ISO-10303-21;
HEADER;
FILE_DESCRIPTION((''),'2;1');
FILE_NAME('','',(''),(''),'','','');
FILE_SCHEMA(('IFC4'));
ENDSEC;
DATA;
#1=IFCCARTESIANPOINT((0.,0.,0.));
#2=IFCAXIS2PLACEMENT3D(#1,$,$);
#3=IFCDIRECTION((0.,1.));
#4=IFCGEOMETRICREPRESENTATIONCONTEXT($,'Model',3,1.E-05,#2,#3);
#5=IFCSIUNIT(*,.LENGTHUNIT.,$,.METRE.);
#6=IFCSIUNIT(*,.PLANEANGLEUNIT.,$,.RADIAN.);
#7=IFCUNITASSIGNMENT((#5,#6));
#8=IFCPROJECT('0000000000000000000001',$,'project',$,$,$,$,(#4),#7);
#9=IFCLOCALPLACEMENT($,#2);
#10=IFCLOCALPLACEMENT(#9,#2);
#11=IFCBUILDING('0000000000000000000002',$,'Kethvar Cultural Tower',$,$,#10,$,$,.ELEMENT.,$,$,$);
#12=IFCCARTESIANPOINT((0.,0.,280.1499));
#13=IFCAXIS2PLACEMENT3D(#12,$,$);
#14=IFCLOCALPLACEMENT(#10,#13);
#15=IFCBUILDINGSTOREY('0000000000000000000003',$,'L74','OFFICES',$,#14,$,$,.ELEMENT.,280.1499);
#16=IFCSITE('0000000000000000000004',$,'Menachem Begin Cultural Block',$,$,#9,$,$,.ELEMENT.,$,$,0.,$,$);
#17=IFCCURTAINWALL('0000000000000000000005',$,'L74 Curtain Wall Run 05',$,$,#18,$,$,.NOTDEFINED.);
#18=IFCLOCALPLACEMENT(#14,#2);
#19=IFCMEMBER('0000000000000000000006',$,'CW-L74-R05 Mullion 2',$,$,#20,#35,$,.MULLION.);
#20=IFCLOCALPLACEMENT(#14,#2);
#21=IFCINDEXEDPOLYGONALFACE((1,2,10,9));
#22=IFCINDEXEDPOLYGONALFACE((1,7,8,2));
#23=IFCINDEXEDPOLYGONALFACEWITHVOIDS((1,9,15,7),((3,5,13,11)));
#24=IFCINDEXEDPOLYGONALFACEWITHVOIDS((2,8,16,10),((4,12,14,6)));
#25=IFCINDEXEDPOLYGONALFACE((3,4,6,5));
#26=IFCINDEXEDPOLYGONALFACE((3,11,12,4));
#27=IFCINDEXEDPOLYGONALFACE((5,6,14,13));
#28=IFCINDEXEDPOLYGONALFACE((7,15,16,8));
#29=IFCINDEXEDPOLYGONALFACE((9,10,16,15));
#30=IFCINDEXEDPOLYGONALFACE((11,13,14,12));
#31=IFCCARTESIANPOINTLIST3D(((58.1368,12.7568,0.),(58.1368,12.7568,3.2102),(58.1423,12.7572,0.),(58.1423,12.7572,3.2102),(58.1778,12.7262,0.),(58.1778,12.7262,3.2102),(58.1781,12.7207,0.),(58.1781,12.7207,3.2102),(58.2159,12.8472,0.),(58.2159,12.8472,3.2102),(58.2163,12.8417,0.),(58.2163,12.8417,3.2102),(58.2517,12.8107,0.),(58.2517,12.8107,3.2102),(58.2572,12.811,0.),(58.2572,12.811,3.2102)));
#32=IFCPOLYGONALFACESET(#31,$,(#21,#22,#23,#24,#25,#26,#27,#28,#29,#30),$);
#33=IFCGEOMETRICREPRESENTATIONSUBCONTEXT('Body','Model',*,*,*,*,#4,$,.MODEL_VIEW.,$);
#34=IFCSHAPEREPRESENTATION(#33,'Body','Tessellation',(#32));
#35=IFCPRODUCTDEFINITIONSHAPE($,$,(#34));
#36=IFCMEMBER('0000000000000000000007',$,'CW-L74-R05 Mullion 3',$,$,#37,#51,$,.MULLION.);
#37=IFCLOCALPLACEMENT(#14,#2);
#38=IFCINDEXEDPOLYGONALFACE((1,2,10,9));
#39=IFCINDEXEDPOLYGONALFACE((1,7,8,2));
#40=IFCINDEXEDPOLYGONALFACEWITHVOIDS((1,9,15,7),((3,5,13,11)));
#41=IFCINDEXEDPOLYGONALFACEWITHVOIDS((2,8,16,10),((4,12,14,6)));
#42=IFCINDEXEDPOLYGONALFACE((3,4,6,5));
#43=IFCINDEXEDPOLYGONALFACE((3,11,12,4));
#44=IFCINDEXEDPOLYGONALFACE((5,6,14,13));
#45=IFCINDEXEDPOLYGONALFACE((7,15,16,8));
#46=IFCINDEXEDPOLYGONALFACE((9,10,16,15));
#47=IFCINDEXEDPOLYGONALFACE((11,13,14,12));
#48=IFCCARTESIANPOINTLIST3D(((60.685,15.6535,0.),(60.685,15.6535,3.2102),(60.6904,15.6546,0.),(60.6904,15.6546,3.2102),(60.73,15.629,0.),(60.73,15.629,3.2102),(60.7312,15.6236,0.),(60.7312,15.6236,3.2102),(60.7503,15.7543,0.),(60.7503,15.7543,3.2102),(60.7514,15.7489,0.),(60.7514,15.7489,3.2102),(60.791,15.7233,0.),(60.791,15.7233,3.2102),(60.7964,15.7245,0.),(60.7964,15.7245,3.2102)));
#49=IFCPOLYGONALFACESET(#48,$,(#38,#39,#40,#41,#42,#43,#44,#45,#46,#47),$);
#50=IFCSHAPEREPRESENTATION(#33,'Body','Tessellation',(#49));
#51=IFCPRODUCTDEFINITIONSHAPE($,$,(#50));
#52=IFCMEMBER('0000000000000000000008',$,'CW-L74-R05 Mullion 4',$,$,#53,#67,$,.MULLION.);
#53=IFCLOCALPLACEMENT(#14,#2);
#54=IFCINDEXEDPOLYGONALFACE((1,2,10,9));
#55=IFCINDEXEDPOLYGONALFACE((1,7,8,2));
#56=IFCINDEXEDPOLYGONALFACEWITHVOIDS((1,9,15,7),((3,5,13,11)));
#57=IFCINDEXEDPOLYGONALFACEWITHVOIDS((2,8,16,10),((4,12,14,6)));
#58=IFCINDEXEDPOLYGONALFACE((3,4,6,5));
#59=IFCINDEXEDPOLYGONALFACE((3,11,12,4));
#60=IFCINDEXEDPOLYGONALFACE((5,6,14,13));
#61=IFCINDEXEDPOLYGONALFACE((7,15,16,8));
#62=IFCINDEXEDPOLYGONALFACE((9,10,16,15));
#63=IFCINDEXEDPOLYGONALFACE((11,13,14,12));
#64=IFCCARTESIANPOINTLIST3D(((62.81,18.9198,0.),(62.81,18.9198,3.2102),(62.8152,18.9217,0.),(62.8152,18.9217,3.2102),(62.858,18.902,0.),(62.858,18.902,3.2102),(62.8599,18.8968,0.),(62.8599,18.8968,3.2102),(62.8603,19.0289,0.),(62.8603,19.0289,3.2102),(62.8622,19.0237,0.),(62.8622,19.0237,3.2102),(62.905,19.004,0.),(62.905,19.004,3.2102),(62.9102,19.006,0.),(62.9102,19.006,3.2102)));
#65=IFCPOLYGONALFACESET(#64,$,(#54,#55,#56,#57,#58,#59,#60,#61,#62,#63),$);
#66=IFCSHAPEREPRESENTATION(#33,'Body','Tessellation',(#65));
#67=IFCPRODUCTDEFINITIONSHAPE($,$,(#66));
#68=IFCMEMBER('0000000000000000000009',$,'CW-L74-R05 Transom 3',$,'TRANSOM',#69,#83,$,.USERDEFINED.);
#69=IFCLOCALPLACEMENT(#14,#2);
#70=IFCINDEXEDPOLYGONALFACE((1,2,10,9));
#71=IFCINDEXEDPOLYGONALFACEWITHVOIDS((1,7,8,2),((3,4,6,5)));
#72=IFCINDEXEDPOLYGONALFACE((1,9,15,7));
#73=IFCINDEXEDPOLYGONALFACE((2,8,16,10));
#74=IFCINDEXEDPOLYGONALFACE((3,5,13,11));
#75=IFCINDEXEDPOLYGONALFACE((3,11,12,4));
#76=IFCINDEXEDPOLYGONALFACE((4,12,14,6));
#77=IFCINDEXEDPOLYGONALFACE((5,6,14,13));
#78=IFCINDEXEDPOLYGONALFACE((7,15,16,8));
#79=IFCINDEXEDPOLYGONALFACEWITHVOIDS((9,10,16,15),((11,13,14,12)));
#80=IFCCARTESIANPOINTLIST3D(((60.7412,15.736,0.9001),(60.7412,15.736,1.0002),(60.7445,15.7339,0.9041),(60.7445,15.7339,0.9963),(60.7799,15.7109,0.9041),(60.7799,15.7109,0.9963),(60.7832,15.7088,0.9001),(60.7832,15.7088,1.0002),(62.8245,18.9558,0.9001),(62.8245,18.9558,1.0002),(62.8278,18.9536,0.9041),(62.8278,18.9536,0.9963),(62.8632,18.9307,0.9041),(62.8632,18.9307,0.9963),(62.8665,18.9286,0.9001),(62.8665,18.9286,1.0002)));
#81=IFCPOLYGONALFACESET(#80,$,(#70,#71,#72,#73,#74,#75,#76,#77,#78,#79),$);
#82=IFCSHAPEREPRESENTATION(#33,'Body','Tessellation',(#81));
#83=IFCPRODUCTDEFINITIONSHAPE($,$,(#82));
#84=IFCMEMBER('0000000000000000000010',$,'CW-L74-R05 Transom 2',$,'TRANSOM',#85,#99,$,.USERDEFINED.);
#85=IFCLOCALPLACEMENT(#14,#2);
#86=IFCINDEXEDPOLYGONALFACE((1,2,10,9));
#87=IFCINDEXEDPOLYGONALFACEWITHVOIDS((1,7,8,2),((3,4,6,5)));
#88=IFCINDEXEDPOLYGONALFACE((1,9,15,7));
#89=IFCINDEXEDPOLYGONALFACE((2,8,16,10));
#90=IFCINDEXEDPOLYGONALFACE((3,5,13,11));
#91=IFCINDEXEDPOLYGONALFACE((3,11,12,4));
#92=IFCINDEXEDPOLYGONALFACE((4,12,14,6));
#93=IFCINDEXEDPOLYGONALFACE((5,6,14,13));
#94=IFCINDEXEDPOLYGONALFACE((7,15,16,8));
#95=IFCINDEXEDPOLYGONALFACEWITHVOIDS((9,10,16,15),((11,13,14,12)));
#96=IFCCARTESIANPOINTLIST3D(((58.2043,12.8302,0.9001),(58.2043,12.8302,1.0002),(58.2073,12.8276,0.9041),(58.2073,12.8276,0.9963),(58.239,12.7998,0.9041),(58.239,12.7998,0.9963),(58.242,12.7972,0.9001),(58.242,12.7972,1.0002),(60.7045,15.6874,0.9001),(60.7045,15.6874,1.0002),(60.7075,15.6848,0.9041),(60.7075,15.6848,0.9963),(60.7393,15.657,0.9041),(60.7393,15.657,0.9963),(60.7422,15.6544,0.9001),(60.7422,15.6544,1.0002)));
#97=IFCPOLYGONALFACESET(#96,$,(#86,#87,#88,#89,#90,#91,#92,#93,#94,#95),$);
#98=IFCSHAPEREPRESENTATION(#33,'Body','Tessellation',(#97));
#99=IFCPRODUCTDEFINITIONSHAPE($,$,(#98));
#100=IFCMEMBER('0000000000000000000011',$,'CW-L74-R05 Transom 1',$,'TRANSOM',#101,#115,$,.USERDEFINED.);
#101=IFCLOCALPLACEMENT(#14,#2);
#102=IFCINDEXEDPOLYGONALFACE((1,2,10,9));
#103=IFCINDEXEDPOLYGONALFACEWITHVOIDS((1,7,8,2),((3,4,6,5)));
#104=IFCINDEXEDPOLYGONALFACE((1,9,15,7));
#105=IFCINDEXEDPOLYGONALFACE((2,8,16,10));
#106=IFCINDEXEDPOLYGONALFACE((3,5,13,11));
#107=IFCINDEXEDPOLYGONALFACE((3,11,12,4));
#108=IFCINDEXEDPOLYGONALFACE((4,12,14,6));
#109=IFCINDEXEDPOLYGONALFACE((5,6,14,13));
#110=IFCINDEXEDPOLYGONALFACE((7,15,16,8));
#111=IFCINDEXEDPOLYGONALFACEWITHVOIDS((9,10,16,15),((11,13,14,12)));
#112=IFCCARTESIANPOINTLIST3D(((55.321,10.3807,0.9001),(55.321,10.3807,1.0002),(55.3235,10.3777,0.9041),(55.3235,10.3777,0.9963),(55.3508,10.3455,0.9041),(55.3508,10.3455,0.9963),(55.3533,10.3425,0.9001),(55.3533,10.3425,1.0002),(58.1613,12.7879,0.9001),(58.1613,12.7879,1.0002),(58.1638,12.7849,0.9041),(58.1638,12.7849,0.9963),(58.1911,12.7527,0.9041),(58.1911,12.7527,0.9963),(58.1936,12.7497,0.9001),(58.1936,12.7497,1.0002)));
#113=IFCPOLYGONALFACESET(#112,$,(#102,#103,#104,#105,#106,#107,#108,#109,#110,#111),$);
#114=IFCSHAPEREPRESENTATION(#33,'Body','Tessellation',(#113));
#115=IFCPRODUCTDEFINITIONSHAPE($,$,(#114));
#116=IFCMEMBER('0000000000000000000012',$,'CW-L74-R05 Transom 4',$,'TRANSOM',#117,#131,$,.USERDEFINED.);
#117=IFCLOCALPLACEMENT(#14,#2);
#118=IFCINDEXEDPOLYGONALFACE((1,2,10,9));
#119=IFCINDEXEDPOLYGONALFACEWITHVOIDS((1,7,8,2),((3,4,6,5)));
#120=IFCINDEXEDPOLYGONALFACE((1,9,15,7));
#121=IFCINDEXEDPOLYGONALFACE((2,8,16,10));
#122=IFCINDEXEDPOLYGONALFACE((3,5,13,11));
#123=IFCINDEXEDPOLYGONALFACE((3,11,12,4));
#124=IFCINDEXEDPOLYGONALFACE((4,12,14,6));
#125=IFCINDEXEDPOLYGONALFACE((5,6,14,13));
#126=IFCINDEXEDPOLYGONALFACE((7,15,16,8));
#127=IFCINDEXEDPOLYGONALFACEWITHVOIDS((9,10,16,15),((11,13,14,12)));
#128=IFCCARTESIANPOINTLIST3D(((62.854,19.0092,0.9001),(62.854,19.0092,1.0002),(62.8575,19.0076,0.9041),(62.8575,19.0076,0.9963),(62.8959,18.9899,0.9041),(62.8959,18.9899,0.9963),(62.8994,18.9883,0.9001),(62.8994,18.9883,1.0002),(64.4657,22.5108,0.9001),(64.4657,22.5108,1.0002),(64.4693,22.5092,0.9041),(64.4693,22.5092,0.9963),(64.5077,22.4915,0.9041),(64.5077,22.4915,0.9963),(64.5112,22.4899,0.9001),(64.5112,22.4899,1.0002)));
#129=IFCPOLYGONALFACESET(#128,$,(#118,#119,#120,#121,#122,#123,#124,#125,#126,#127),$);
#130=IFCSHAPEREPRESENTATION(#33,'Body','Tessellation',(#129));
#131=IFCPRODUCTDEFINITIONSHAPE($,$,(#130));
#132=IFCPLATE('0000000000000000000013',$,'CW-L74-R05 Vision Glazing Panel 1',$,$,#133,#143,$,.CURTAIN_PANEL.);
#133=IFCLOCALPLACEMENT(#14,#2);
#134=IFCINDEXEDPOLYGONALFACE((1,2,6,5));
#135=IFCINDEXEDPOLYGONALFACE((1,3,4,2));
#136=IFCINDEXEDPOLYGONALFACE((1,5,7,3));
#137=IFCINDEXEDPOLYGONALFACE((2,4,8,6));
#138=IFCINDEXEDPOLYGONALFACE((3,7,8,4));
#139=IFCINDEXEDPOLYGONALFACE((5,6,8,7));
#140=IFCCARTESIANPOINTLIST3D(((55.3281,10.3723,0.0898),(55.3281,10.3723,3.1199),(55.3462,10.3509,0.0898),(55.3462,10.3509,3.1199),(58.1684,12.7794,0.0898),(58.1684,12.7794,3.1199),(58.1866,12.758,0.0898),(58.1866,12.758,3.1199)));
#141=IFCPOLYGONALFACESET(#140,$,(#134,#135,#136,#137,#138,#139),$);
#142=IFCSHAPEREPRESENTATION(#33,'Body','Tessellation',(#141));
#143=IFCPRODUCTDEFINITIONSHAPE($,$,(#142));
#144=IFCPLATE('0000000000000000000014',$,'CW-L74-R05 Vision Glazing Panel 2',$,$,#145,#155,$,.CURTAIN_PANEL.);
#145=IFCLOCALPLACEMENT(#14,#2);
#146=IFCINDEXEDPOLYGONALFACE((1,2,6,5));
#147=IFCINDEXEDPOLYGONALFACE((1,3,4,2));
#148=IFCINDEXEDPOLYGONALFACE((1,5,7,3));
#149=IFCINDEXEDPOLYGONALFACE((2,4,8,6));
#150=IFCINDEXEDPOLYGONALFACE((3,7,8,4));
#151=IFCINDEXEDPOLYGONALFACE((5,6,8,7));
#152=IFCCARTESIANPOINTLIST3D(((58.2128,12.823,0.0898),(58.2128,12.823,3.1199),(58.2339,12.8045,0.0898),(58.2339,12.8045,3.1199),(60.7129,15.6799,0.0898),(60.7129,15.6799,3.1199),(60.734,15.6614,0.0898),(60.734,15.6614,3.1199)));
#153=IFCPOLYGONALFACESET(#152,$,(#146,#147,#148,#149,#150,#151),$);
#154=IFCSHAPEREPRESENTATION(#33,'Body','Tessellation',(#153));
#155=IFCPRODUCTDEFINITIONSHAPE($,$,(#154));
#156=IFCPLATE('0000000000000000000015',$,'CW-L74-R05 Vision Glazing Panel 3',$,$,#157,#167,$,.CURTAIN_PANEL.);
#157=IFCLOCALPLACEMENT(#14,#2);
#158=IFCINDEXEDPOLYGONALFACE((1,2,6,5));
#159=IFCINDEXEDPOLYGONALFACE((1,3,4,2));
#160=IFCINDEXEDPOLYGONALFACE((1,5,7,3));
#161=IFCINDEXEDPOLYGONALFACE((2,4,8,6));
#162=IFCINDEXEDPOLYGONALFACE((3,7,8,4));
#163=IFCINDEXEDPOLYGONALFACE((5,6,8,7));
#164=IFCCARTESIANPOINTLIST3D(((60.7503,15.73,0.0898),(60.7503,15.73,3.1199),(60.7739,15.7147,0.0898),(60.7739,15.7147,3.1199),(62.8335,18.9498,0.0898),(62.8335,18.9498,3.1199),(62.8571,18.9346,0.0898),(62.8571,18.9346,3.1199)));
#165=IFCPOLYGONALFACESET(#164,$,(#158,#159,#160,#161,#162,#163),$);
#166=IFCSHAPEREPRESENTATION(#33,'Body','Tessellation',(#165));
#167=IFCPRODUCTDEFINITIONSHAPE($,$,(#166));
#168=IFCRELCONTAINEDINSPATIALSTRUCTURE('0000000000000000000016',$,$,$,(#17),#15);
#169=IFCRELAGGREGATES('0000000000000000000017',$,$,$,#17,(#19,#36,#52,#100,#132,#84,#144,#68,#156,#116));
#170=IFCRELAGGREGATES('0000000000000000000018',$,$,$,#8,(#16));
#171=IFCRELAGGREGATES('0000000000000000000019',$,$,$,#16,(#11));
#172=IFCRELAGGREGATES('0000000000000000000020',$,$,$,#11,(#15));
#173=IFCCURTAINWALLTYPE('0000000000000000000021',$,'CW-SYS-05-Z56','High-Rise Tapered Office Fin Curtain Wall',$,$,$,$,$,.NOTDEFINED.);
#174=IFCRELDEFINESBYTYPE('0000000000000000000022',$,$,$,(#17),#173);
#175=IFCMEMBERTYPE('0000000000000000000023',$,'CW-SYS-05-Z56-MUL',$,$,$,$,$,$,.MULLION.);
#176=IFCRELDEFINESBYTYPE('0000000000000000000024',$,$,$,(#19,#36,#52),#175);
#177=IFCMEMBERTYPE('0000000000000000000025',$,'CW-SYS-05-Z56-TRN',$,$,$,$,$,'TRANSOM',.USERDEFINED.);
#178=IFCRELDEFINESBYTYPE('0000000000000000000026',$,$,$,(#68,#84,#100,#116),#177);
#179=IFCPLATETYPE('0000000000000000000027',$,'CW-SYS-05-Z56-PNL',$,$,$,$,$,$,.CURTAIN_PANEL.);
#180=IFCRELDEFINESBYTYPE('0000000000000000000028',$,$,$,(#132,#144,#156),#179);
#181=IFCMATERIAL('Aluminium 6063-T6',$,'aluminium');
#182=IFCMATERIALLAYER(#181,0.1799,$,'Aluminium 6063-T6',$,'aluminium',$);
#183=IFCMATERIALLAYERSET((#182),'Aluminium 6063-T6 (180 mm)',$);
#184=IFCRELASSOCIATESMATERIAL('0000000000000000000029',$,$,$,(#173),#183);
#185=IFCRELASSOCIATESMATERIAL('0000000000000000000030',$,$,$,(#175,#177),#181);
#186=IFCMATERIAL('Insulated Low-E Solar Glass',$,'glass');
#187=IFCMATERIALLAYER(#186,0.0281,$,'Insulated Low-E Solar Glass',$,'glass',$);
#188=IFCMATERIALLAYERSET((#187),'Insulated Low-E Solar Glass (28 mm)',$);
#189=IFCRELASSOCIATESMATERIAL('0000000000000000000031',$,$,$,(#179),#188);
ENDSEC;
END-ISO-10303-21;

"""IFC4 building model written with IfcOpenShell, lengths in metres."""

from ifc_helpers import new_model, si_unit, direction, frame, origin, origin_2d, place, context, subcontext, project, spatial, rectangle, hollow_rectangle, extrude, source, transform, mapped, material, layer, layer_set, material_profile, profile_set, type_object, element, aggregate, save


model = new_model("IFC4")

# Units and contexts
model_context = context("Model", 3, precision=1e-05, world=origin(), true_north=direction((0.0, 1.0)))
body_context = subcontext(model_context, "Body", "Model", "MODEL_VIEW")
ifc_project = project(units=[si_unit("LENGTHUNIT", "METRE"), si_unit("PLANEANGLEUNIT", "RADIAN")], contexts=[model_context])

# Site, building, storey
site_placement = place(None, origin())
site = spatial("IfcSite", under=ifc_project, at=site_placement, Name="Menachem Begin Cultural Block", CompositionType="ELEMENT", RefElevation=0.0)
building_placement = place(site_placement, origin())
building = spatial("IfcBuilding", under=site, at=building_placement, Name="Kethvar Cultural Tower", CompositionType="ELEMENT")
storey_placement = place(building_placement, frame((0.0, 0.0, 280.1499)))
storey = spatial("IfcBuildingStorey", under=building, at=storey_placement, Name="L74", Description="OFFICES", CompositionType="ELEMENT", Elevation=280.1499)

# Shared definitions
ifc_material_1 = material(Name="Aluminium 6063-T6", Category="aluminium")
ifc_layer_1 = layer(ifc_material_1, 0.1799, Name="Aluminium 6063-T6", Category="aluminium")
ifc_layer_set_1 = layer_set([ifc_layer_1], Name="Aluminium 6063-T6 (180 mm)")
curtain_wall_type = type_object("IfcCurtainWallType", Name="CW-SYS-05-Z56", Description="High-Rise Tapered Office Fin Curtain Wall", PredefinedType="NOTDEFINED", material=ifc_layer_set_1)
ifc_material_profile_1 = material_profile(ifc_material_1, hollow_rectangle(XDim=0.0549, YDim=0.1201, WallThickness=0.0039, at=origin_2d()), Name="Aluminium 6063-T6 — RHS120x55x4")
ifc_profile_set_1 = profile_set([ifc_material_profile_1], Name="Aluminium 6063-T6 — RHS120x55x4")
member_type_1 = type_object("IfcMemberType", Name="CW-SYS-05-Z56-MUL", PredefinedType="MULLION", material=ifc_profile_set_1)
shared_shape_1 = source(origin(), body_context, "Body", "SweptSolid", [
    extrude(hollow_rectangle(XDim=0.0549, YDim=0.1201, WallThickness=0.0039, at=origin_2d()), origin(), (0.0, 0.0, 1.0), 3.2102),
])

# Curtain wall, members, plates
curtain_wall_1_placement = place(storey_placement, origin())
curtain_wall_1 = element("IfcCurtainWall", 1, at=curtain_wall_1_placement, inside=storey, type_object=curtain_wall_type, Name="L74 Curtain Wall Run 05", PredefinedType="NOTDEFINED")
member_1_placement = place(storey_placement, frame((58.197, 12.7839, 0.0), z_axis=(0.0, 0.0, 1.0), x_axis=(-0.752541, 0.658545, 0.0)))
member_1 = element("IfcMember", 2, at=member_1_placement, type_object=member_type_1, Name="CW-L74-R05 Mullion 2", PredefinedType="MULLION", context=body_context, shape_type="MappedRepresentation", body=[
    mapped(shared_shape_1, transform((0.0, 0.0, 0.0), scale=1.0)),
])
member_2_placement = place(storey_placement, frame((60.7407, 15.689, 0.0), z_axis=(0.0, 0.0, 1.0), x_axis=(-0.839601, 0.543204, 0.0)))
member_2 = element("IfcMember", 3, at=member_2_placement, type_object=member_type_1, Name="CW-L74-R05 Mullion 3", PredefinedType="MULLION", context=body_context, shape_type="MappedRepresentation", body=[
    mapped(shared_shape_1, transform((0.0, 0.0, 0.0), scale=1.0)),
])
member_3_placement = place(storey_placement, frame((62.8601, 18.9629, 0.0), z_axis=(0.0, 0.0, 1.0), x_axis=(-0.90837, 0.418168, 0.0)))
member_3 = element("IfcMember", 4, at=member_3_placement, type_object=member_type_1, Name="CW-L74-R05 Mullion 4", PredefinedType="MULLION", context=body_context, shape_type="MappedRepresentation", body=[
    mapped(shared_shape_1, transform((0.0, 0.0, 0.0), scale=1.0)),
])
ifc_material_profile_2 = material_profile(ifc_material_1, hollow_rectangle(XDim=0.05, YDim=0.1001, WallThickness=0.0039, at=origin_2d()), Name="Aluminium 6063-T6 — RHS100x50x4")
ifc_profile_set_2 = profile_set([ifc_material_profile_2], Name="Aluminium 6063-T6 — RHS100x50x4")
member_type_2 = type_object("IfcMemberType", Name="CW-SYS-05-Z56-TRN", ElementType="TRANSOM", PredefinedType="USERDEFINED", material=ifc_profile_set_2)
shared_shape_2 = source(origin(), body_context, "Body", "SweptSolid", [
    extrude(hollow_rectangle(XDim=0.05, YDim=0.1001, WallThickness=0.0039, at=origin_2d()), origin(), (0.0, 0.0, 1.0), 3.835),
])
member_4_placement = place(storey_placement, frame((60.7622, 15.7224, 0.9502), z_axis=(0.543233, 0.839582, 0.0), x_axis=(-0.839582, 0.543233, 0.0)))
member_4 = element("IfcMember", 5, at=member_4_placement, type_object=member_type_2, Name="CW-L74-R05 Transom 3", ObjectType="TRANSOM", PredefinedType="USERDEFINED", context=body_context, shape_type="MappedRepresentation", body=[
    mapped(shared_shape_2, transform((0.0, 0.0, 0.0), scale=1.0)),
])
shared_shape_3 = source(origin(), body_context, "Body", "SweptSolid", [
    extrude(hollow_rectangle(XDim=0.05, YDim=0.1001, WallThickness=0.0039, at=origin_2d()), origin(), (0.0, 0.0, 1.0), 3.7966),
])
member_5_placement = place(storey_placement, frame((58.2231, 12.8137, 0.9502), z_axis=(0.658536, 0.752549, 0.0), x_axis=(-0.752549, 0.658536, 0.0)))
member_5 = element("IfcMember", 6, at=member_5_placement, type_object=member_type_2, Name="CW-L74-R05 Transom 2", ObjectType="TRANSOM", PredefinedType="USERDEFINED", context=body_context, shape_type="MappedRepresentation", body=[
    mapped(shared_shape_3, transform((0.0, 0.0, 0.0), scale=1.0)),
])
shared_shape_4 = source(origin(), body_context, "Body", "SweptSolid", [
    extrude(hollow_rectangle(XDim=0.05, YDim=0.1001, WallThickness=0.0039, at=origin_2d()), origin(), (0.0, 0.0, 1.0), 3.7231),
])
member_6_placement = place(storey_placement, frame((55.3372, 10.3616, 0.9502), z_axis=(0.762874, 0.646548, 0.0), x_axis=(-0.646548, 0.762874, 0.0)))
member_6 = element("IfcMember", 7, at=member_6_placement, type_object=member_type_2, Name="CW-L74-R05 Transom 1", ObjectType="TRANSOM", PredefinedType="USERDEFINED", context=body_context, shape_type="MappedRepresentation", body=[
    mapped(shared_shape_4, transform((0.0, 0.0, 0.0), scale=1.0)),
])
shared_shape_5 = source(origin(), body_context, "Body", "SweptSolid", [
    extrude(hollow_rectangle(XDim=0.05, YDim=0.1001, WallThickness=0.0039, at=origin_2d()), origin(), (0.0, 0.0, 1.0), 3.8547),
])
member_7_placement = place(storey_placement, frame((62.8767, 18.9988, 0.9502), z_axis=(0.418126, 0.908389, 0.0), x_axis=(-0.908389, 0.418126, 0.0)))
member_7 = element("IfcMember", 8, at=member_7_placement, type_object=member_type_2, Name="CW-L74-R05 Transom 4", ObjectType="TRANSOM", PredefinedType="USERDEFINED", context=body_context, shape_type="MappedRepresentation", body=[
    mapped(shared_shape_5, transform((0.0, 0.0, 0.0), scale=1.0)),
])
ifc_material_2 = material(Name="Insulated Low-E Solar Glass", Category="glass")
ifc_layer_2 = layer(ifc_material_2, 0.0281, Name="Insulated Low-E Solar Glass", Category="glass")
ifc_layer_set_2 = layer_set([ifc_layer_2], Name="Insulated Low-E Solar Glass (28 mm)")
plate_type = type_object("IfcPlateType", Name="CW-SYS-05-Z56-PNL", PredefinedType="CURTAIN_PANEL", material=ifc_layer_set_2)
shared_shape_6 = source(origin(), body_context, "Body", "SweptSolid", [
    extrude(rectangle(XDim=3.7231, YDim=0.0281, at=origin_2d()), origin(), (0.0, 0.0, 1.0), 3.03),
])
plate_1_placement = place(storey_placement, frame((56.7573, 11.5652, 0.0898), z_axis=(0.0, 0.0, 1.0), x_axis=(0.762894, 0.646524, 0.0)))
plate_1 = element("IfcPlate", 9, at=plate_1_placement, type_object=plate_type, Name="CW-L74-R05 Vision Glazing Panel 1", PredefinedType="CURTAIN_PANEL", context=body_context, shape_type="MappedRepresentation", body=[
    mapped(shared_shape_6, transform((0.0, 0.0, 0.0), scale=1.0)),
])
shared_shape_7 = source(origin(), body_context, "Body", "SweptSolid", [
    extrude(rectangle(XDim=3.7964, YDim=0.0281, at=origin_2d()), origin(), (0.0, 0.0, 1.0), 3.03),
])
plate_2_placement = place(storey_placement, frame((59.4734, 14.2422, 0.0898), z_axis=(0.0, 0.0, 1.0), x_axis=(0.658545, 0.752541, 0.0)))
plate_2 = element("IfcPlate", 10, at=plate_2_placement, type_object=plate_type, Name="CW-L74-R05 Vision Glazing Panel 2", PredefinedType="CURTAIN_PANEL", context=body_context, shape_type="MappedRepresentation", body=[
    mapped(shared_shape_7, transform((0.0, 0.0, 0.0), scale=1.0)),
])
shared_shape_8 = source(origin(), body_context, "Body", "SweptSolid", [
    extrude(rectangle(XDim=3.835, YDim=0.0281, at=origin_2d()), origin(), (0.0, 0.0, 1.0), 3.03),
])
plate_3_placement = place(storey_placement, frame((61.8037, 17.3323, 0.0898), z_axis=(0.0, 0.0, 1.0), x_axis=(0.543204, 0.839601, 0.0)))
plate_3 = element("IfcPlate", 11, at=plate_3_placement, type_object=plate_type, Name="CW-L74-R05 Vision Glazing Panel 3", PredefinedType="CURTAIN_PANEL", context=body_context, shape_type="MappedRepresentation", body=[
    mapped(shared_shape_8, transform((0.0, 0.0, 0.0), scale=1.0)),
])
aggregate(curtain_wall_1, [member_1, member_2, member_3, member_6, plate_1, member_5, plate_2, member_4, plate_3, member_7])

save(model, "model.ifc")
